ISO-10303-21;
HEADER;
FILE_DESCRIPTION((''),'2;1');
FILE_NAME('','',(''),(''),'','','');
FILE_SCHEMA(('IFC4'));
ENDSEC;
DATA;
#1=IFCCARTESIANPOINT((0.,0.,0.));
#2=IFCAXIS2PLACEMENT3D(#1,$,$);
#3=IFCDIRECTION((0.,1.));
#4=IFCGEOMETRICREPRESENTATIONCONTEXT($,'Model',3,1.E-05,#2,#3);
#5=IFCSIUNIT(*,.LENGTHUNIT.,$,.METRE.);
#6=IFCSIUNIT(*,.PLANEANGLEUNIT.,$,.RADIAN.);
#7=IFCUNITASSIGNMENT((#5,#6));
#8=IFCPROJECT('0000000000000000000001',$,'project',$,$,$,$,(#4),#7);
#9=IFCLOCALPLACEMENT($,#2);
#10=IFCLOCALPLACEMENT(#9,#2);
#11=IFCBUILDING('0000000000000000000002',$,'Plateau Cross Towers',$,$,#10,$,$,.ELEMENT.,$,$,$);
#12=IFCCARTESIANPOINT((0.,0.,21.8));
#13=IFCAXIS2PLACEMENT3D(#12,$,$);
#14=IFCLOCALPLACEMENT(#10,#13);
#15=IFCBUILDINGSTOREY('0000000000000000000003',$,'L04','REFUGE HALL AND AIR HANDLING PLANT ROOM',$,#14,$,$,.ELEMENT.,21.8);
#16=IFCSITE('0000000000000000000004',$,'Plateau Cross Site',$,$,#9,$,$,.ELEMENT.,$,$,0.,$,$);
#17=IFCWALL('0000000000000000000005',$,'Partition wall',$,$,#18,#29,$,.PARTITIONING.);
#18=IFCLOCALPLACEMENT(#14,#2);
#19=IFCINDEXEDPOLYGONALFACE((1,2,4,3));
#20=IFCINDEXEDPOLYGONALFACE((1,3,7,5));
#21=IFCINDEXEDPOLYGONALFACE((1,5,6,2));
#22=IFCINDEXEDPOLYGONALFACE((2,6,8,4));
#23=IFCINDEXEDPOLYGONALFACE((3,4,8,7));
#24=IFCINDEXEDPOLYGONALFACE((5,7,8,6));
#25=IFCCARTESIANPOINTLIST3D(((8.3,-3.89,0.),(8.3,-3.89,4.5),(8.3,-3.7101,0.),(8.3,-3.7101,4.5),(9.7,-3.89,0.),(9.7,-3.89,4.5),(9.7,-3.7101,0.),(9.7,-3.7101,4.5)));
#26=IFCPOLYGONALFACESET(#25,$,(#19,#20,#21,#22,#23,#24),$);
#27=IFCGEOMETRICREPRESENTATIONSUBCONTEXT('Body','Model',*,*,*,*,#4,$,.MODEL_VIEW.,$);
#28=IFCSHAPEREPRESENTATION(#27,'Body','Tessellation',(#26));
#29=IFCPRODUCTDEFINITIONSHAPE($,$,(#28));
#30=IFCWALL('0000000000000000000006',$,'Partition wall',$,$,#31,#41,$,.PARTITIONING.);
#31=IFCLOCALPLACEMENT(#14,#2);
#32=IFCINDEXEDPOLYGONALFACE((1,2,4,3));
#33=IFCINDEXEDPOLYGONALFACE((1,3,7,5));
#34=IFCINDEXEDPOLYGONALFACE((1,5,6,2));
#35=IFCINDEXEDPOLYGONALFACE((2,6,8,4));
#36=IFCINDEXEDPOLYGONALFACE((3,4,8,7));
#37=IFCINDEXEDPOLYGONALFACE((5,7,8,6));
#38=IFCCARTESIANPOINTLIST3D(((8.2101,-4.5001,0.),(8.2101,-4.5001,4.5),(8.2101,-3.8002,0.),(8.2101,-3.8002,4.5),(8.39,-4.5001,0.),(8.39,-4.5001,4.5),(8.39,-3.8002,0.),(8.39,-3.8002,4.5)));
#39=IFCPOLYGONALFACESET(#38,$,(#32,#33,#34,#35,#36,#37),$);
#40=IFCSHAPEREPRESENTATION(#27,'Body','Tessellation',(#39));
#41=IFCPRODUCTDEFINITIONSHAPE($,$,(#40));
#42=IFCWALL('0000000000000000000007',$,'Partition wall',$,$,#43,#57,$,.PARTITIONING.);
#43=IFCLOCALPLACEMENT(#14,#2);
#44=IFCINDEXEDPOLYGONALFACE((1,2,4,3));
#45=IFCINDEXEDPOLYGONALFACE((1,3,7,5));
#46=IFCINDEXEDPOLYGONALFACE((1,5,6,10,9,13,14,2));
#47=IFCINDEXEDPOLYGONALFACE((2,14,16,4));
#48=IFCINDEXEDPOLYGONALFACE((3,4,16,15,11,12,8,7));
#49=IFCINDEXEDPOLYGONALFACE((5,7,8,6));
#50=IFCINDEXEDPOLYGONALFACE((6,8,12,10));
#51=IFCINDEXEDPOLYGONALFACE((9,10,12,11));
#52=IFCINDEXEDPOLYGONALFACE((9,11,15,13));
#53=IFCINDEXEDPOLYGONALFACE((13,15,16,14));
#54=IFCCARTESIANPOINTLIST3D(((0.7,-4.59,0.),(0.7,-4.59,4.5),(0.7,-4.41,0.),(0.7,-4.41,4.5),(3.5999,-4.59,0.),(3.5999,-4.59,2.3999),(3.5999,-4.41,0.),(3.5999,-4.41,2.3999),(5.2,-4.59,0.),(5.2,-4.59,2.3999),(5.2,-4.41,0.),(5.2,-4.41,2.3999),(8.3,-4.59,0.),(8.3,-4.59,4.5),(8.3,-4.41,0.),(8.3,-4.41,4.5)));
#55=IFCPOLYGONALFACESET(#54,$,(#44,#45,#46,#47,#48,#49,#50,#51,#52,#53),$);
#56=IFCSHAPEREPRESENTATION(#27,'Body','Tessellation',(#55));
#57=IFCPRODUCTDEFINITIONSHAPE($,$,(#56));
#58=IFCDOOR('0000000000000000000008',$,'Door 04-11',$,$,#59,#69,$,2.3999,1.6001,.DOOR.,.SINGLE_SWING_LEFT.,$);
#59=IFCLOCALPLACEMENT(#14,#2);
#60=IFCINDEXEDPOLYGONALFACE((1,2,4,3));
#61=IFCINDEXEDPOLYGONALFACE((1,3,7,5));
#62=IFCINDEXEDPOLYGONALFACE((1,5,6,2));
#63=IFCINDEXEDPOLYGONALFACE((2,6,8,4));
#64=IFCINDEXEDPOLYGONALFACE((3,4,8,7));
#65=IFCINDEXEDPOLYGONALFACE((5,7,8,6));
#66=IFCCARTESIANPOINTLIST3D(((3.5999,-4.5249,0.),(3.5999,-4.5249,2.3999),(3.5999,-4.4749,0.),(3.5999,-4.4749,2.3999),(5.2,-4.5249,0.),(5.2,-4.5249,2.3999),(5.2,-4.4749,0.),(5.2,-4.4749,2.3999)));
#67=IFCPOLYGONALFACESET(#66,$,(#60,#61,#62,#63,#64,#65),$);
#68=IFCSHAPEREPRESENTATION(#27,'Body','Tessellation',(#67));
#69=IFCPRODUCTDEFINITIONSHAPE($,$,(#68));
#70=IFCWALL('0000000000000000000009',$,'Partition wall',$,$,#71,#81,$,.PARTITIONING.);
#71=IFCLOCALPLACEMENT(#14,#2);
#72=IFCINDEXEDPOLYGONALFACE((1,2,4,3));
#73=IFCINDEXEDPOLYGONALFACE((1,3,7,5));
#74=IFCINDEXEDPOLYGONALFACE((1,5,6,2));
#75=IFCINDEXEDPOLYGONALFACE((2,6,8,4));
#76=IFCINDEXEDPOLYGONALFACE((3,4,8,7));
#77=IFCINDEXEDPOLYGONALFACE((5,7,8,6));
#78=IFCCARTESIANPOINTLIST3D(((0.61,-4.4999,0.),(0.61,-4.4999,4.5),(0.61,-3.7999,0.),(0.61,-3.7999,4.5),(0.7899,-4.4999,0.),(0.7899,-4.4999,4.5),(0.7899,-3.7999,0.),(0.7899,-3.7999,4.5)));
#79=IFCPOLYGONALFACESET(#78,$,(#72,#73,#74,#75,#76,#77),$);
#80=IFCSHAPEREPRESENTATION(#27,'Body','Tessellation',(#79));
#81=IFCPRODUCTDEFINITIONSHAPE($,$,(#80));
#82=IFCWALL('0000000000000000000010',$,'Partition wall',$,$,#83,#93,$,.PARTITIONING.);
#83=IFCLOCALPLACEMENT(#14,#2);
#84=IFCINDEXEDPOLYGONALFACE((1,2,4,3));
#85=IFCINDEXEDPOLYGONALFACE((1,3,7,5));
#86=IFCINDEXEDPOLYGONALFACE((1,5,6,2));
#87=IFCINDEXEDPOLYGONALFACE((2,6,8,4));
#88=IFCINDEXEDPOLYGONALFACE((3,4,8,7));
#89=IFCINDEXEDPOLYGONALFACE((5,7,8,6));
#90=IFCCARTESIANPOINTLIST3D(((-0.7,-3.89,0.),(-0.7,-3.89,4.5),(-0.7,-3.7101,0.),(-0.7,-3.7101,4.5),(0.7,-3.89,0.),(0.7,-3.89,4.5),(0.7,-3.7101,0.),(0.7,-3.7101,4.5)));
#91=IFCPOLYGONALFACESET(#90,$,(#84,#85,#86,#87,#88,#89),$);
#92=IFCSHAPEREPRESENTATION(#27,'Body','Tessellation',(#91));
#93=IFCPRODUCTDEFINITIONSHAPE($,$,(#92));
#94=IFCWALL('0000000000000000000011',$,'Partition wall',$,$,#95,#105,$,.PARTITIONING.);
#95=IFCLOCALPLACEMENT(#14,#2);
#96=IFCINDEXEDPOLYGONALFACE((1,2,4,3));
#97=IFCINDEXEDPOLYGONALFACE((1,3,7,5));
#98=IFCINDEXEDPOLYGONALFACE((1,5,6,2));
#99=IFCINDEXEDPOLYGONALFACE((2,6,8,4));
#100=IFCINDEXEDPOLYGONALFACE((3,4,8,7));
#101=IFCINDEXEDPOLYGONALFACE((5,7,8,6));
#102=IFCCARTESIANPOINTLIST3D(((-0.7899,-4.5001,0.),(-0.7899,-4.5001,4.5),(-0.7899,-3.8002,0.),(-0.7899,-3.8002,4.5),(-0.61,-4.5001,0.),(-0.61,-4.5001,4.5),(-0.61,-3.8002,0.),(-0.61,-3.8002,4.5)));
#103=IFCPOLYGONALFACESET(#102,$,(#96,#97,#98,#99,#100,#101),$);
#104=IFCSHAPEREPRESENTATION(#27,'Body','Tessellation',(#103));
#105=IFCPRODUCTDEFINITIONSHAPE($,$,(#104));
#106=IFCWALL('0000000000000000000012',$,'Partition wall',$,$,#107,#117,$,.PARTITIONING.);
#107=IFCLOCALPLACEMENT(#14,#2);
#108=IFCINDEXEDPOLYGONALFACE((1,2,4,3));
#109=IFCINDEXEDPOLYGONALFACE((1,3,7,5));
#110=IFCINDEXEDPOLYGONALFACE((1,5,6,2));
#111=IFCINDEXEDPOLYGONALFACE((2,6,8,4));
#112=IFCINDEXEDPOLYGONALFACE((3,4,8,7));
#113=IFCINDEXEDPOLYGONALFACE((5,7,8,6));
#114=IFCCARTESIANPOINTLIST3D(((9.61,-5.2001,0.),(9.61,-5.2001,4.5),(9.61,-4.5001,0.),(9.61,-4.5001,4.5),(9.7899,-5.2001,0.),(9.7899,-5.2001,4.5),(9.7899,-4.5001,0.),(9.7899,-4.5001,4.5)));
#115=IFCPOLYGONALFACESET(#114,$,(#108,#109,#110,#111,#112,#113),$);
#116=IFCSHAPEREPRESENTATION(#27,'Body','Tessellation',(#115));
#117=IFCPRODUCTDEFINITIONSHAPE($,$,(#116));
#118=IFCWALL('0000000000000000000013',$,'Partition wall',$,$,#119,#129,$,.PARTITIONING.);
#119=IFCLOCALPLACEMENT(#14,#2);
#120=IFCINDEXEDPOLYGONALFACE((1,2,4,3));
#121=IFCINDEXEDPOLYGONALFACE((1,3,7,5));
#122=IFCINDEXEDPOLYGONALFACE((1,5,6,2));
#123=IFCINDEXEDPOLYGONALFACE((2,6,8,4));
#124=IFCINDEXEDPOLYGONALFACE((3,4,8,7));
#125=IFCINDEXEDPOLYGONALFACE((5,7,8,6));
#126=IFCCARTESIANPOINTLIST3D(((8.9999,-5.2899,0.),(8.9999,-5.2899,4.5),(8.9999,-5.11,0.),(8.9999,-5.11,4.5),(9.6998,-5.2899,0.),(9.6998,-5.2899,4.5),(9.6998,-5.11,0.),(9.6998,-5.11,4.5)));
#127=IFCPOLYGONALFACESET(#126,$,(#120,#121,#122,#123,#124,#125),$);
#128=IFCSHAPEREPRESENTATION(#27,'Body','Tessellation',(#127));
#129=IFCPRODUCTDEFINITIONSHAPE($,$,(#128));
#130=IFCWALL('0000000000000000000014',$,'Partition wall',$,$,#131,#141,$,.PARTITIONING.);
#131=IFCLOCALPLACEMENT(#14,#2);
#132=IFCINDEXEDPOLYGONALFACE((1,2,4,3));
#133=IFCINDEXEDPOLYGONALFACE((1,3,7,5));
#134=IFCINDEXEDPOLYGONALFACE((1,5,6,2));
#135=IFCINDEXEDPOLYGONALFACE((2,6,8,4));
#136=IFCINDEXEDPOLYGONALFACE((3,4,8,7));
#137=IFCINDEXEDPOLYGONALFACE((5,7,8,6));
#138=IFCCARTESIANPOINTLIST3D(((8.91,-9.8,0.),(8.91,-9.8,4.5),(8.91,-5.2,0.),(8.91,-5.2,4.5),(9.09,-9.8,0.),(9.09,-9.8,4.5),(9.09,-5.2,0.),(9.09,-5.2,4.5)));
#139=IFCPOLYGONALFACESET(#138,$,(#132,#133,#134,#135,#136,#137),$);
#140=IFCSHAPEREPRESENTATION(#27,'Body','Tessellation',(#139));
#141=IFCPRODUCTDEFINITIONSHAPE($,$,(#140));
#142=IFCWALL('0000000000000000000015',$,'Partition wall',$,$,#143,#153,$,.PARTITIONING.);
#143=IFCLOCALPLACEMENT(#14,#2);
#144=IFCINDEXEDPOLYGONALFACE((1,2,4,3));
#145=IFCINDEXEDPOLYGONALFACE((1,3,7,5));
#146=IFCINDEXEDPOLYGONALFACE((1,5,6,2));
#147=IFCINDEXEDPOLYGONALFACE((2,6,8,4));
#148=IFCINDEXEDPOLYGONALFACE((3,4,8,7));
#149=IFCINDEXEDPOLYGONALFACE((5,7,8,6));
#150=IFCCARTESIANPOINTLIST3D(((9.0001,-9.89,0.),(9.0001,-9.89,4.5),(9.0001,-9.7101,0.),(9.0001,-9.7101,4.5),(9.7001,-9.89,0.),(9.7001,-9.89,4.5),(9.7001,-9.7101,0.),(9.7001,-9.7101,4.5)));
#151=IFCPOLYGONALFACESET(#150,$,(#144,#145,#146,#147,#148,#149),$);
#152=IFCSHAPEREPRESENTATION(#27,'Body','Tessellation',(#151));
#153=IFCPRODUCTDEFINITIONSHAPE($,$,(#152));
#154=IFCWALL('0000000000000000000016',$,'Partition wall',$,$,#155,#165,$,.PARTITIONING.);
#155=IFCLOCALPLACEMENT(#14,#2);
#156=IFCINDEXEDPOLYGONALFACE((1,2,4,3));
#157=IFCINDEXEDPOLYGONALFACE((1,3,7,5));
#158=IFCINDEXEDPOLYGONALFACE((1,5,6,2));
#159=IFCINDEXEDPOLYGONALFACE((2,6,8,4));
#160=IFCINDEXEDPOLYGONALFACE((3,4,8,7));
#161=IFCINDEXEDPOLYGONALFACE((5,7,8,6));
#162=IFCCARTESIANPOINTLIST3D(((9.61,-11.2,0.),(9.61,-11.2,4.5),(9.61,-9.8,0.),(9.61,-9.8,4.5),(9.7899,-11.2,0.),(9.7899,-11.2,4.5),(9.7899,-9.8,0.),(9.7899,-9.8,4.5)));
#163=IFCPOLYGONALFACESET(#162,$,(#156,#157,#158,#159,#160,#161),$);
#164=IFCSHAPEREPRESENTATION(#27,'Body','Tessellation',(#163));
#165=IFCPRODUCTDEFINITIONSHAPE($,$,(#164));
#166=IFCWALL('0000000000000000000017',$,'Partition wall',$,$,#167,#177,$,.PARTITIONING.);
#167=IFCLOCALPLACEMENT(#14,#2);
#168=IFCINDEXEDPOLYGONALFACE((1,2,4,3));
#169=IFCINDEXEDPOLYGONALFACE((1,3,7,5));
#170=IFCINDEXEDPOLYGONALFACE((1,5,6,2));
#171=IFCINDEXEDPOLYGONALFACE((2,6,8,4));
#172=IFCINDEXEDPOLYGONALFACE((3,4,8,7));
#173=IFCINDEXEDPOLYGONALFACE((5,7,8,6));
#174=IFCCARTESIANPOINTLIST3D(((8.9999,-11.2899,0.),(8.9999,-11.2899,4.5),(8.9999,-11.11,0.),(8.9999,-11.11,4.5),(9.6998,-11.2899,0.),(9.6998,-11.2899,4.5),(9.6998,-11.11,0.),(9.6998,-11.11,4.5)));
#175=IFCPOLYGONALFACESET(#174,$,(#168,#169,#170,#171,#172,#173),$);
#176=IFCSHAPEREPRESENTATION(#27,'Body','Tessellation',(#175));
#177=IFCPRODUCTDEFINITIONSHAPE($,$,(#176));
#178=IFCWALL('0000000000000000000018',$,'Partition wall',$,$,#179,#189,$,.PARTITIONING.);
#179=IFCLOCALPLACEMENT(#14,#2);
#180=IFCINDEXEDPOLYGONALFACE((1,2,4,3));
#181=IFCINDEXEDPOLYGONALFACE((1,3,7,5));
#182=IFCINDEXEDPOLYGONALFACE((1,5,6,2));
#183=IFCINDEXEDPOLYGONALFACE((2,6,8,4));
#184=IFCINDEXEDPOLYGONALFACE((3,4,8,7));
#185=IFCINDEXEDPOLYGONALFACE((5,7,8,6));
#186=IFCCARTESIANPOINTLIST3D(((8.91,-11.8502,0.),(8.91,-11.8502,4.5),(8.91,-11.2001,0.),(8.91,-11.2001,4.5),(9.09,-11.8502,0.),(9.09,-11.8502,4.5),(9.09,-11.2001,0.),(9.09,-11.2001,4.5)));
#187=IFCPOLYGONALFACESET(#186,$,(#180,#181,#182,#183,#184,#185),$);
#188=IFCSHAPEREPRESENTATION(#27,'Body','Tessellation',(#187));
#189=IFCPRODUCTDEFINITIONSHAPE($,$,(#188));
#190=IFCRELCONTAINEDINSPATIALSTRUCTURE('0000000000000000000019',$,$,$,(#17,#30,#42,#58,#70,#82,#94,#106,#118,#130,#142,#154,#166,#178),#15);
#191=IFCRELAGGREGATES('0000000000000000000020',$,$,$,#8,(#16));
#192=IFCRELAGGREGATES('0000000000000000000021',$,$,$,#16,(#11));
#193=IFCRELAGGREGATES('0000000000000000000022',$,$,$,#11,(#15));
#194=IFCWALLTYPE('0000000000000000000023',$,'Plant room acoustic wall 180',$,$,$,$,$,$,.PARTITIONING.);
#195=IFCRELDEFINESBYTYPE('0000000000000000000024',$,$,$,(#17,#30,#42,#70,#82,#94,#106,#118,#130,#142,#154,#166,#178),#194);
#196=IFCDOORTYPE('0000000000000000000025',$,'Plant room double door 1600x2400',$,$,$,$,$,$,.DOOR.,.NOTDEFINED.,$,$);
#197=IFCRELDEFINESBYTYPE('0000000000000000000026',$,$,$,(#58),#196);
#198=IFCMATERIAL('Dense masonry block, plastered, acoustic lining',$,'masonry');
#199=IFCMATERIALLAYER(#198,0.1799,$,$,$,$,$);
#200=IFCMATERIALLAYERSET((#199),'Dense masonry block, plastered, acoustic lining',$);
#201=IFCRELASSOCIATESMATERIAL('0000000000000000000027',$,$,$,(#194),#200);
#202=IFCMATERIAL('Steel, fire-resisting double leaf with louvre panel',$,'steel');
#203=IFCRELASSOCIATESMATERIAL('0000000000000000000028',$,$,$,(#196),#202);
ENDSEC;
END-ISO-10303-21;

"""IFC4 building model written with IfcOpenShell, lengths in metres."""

from ifc_helpers import new_model, si_unit, direction, frame, frame_2d, origin, place, context, subcontext, project, spatial, rectangle, extrude, material, layer, layer_set, type_object, element, fill, save


model = new_model("IFC4")

# Units and contexts
model_context = context("Model", 3, precision=1e-05, world=origin(), true_north=direction((0.0, 1.0)))
body_context = subcontext(model_context, "Body", "Model", "MODEL_VIEW")
ifc_project = project(units=[si_unit("LENGTHUNIT", "METRE"), si_unit("PLANEANGLEUNIT", "RADIAN")], contexts=[model_context])

# Site, building, storey
site_placement = place(None, origin())
site = spatial("IfcSite", under=ifc_project, at=site_placement, Name="Plateau Cross Site", CompositionType="ELEMENT", RefElevation=0.0)
building_placement = place(site_placement, origin())
building = spatial("IfcBuilding", under=site, at=building_placement, Name="Plateau Cross Towers", CompositionType="ELEMENT")
storey_placement = place(building_placement, frame((0.0, 0.0, 21.8)))
storey = spatial("IfcBuildingStorey", under=building, at=storey_placement, Name="L04", Description="REFUGE HALL AND AIR HANDLING PLANT ROOM", CompositionType="ELEMENT", Elevation=21.8)

# Walls
ifc_material_1 = material(Name="Dense masonry block, plastered, acoustic lining", Category="masonry")
ifc_layer_1 = layer(ifc_material_1, 0.1799)
ifc_layer_set_1 = layer_set([ifc_layer_1], Name="Dense masonry block, plastered, acoustic lining")
wall_type = type_object("IfcWallType", Name="Plant room acoustic wall 180", PredefinedType="PARTITIONING", material=ifc_layer_set_1)
wall_1_placement = place(storey_placement, frame((9.7, -3.8, 0.0), z_axis=(0.0, 0.0, 1.0), x_axis=(-1.0, 0.0, 0.0)))
element("IfcWall", 1, at=wall_1_placement, inside=storey, type_object=wall_type, Name="Partition wall", PredefinedType="PARTITIONING", context=body_context, shape_type="SweptSolid", body=[
    extrude(rectangle(XDim=1.3999, YDim=0.1799, at=frame_2d((0.7, 0.0))), origin(), (0.0, 0.0, 1.0), 4.5),
])
wall_2_placement = place(storey_placement, frame((8.3, -3.8, 0.0), z_axis=(0.0, 0.0, 1.0), x_axis=(0.0, -1.0, 0.0)))
element("IfcWall", 2, at=wall_2_placement, inside=storey, type_object=wall_type, Name="Partition wall", PredefinedType="PARTITIONING", context=body_context, shape_type="SweptSolid", body=[
    extrude(rectangle(XDim=0.7, YDim=0.1799, at=frame_2d((0.3501, 0.0))), origin(), (0.0, 0.0, 1.0), 4.5),
])

# Wall, opening, door
wall_3_placement = place(storey_placement, frame((8.3, -4.5, 0.0), z_axis=(0.0, 0.0, 1.0), x_axis=(-1.0, 0.0, 0.0)))
wall_3 = element("IfcWall", 3, at=wall_3_placement, inside=storey, type_object=wall_type, Name="Partition wall", PredefinedType="PARTITIONING", context=body_context, shape_type="SweptSolid", body=[
    extrude(rectangle(XDim=7.6001, YDim=0.1799, at=frame_2d((3.8, 0.0))), origin(), (0.0, 0.0, 1.0), 4.5),
])
opening_placement = place(wall_3_placement, frame((3.1001, 0.0, 0.0)))
opening = element("IfcOpeningElement", 4, at=opening_placement, cuts=wall_3, PredefinedType="OPENING", context=body_context, shape_type="SweptSolid", body=[
    extrude(rectangle(XDim=1.6001, YDim=2.3999, at=frame_2d((0.8, 1.2))), frame((0.0, 0.0999, 0.0), z_axis=(0.0, -1.0, 0.0), x_axis=(1.0, 0.0, 0.0)), (0.0, 0.0, 1.0), 0.2),
])
ifc_material_2 = material(Name="Steel, fire-resisting double leaf with louvre panel", Category="steel")
door_type = type_object("IfcDoorType", Name="Plant room double door 1600x2400", OperationType="NOTDEFINED", PredefinedType="DOOR", material=ifc_material_2)
door_placement = place(opening_placement, origin())
door = element("IfcDoor", 5, at=door_placement, inside=storey, type_object=door_type, Name="Door 04-11", OperationType="SINGLE_SWING_LEFT", OverallHeight=2.3999, OverallWidth=1.6001, PredefinedType="DOOR", context=body_context, shape_type="SweptSolid", body=[
    extrude(rectangle(XDim=1.6001, YDim=2.3999, at=frame_2d((0.8, 1.2))), frame((0.0, 0.0249, 0.0), z_axis=(0.0, -1.0, 0.0), x_axis=(1.0, 0.0, 0.0)), (0.0, 0.0, 1.0), 0.05),
])
fill(opening, door)

# Walls
wall_4_placement = place(storey_placement, frame((0.7, -4.5, 0.0), z_axis=(0.0, 0.0, 1.0), x_axis=(0.0, 1.0, 0.0)))
element("IfcWall", 6, at=wall_4_placement, inside=storey, type_object=wall_type, Name="Partition wall", PredefinedType="PARTITIONING", context=body_context, shape_type="SweptSolid", body=[
    extrude(rectangle(XDim=0.7, YDim=0.1799, at=frame_2d((0.3501, 0.0))), origin(), (0.0, 0.0, 1.0), 4.5),
])
wall_5_placement = place(storey_placement, frame((0.7, -3.8, 0.0), z_axis=(0.0, 0.0, 1.0), x_axis=(-1.0, 0.0, 0.0)))
element("IfcWall", 7, at=wall_5_placement, inside=storey, type_object=wall_type, Name="Partition wall", PredefinedType="PARTITIONING", context=body_context, shape_type="SweptSolid", body=[
    extrude(rectangle(XDim=1.3999, YDim=0.1799, at=frame_2d((0.7, 0.0))), origin(), (0.0, 0.0, 1.0), 4.5),
])
for number, where, z_axis, x_axis, name in (
    (8, (-0.7, -3.8, 0.0), (0.0, 0.0, 1.0), (0.0, -1.0, 0.0), "Partition wall"),
    (9, (9.7, -4.5, 0.0), (0.0, 0.0, 1.0), (0.0, -1.0, 0.0), "Partition wall"),
    (10, (9.7, -5.2, 0.0), (0.0, 0.0, 1.0), (-1.0, 0.0, 0.0), "Partition wall"),
):
    element("IfcWall", number, at=place(storey_placement, frame(where, z_axis=z_axis, x_axis=x_axis)), inside=storey, type_object=wall_type, Name=name, PredefinedType="PARTITIONING", context=body_context, shape_type="SweptSolid", body=[
        extrude(rectangle(XDim=0.7, YDim=0.1799, at=frame_2d((0.3501, 0.0))), origin(), (0.0, 0.0, 1.0), 4.5),
    ])
wall_6_placement = place(storey_placement, frame((9.0, -5.2, 0.0), z_axis=(0.0, 0.0, 1.0), x_axis=(0.0, -1.0, 0.0)))
element("IfcWall", 11, at=wall_6_placement, inside=storey, type_object=wall_type, Name="Partition wall", PredefinedType="PARTITIONING", context=body_context, shape_type="SweptSolid", body=[
    extrude(rectangle(XDim=4.6001, YDim=0.1799, at=frame_2d((2.3, 0.0))), origin(), (0.0, 0.0, 1.0), 4.5),
])
wall_7_placement = place(storey_placement, frame((9.0, -9.8, 0.0), z_axis=(0.0, 0.0, 1.0), x_axis=(1.0, 0.0, 0.0)))
element("IfcWall", 12, at=wall_7_placement, inside=storey, type_object=wall_type, Name="Partition wall", PredefinedType="PARTITIONING", context=body_context, shape_type="SweptSolid", body=[
    extrude(rectangle(XDim=0.7, YDim=0.1799, at=frame_2d((0.3501, 0.0))), origin(), (0.0, 0.0, 1.0), 4.5),
])
wall_8_placement = place(storey_placement, frame((9.7, -9.8, 0.0), z_axis=(0.0, 0.0, 1.0), x_axis=(0.0, -1.0, 0.0)))
element("IfcWall", 13, at=wall_8_placement, inside=storey, type_object=wall_type, Name="Partition wall", PredefinedType="PARTITIONING", context=body_context, shape_type="SweptSolid", body=[
    extrude(rectangle(XDim=1.3999, YDim=0.1799, at=frame_2d((0.7, 0.0))), origin(), (0.0, 0.0, 1.0), 4.5),
])
wall_9_placement = place(storey_placement, frame((9.7, -11.2, 0.0), z_axis=(0.0, 0.0, 1.0), x_axis=(-1.0, 0.0, 0.0)))
element("IfcWall", 14, at=wall_9_placement, inside=storey, type_object=wall_type, Name="Partition wall", PredefinedType="PARTITIONING", context=body_context, shape_type="SweptSolid", body=[
    extrude(rectangle(XDim=0.7, YDim=0.1799, at=frame_2d((0.3501, 0.0))), origin(), (0.0, 0.0, 1.0), 4.5),
])
wall_10_placement = place(storey_placement, frame((9.0, -11.2, 0.0), z_axis=(0.0, 0.0, 1.0), x_axis=(0.0, -1.0, 0.0)))
element("IfcWall", 15, at=wall_10_placement, inside=storey, type_object=wall_type, Name="Partition wall", PredefinedType="PARTITIONING", context=body_context, shape_type="SweptSolid", body=[
    extrude(rectangle(XDim=0.6501, YDim=0.1799, at=frame_2d((0.3252, 0.0))), origin(), (0.0, 0.0, 1.0), 4.5),
])

save(model, "model.ifc")
